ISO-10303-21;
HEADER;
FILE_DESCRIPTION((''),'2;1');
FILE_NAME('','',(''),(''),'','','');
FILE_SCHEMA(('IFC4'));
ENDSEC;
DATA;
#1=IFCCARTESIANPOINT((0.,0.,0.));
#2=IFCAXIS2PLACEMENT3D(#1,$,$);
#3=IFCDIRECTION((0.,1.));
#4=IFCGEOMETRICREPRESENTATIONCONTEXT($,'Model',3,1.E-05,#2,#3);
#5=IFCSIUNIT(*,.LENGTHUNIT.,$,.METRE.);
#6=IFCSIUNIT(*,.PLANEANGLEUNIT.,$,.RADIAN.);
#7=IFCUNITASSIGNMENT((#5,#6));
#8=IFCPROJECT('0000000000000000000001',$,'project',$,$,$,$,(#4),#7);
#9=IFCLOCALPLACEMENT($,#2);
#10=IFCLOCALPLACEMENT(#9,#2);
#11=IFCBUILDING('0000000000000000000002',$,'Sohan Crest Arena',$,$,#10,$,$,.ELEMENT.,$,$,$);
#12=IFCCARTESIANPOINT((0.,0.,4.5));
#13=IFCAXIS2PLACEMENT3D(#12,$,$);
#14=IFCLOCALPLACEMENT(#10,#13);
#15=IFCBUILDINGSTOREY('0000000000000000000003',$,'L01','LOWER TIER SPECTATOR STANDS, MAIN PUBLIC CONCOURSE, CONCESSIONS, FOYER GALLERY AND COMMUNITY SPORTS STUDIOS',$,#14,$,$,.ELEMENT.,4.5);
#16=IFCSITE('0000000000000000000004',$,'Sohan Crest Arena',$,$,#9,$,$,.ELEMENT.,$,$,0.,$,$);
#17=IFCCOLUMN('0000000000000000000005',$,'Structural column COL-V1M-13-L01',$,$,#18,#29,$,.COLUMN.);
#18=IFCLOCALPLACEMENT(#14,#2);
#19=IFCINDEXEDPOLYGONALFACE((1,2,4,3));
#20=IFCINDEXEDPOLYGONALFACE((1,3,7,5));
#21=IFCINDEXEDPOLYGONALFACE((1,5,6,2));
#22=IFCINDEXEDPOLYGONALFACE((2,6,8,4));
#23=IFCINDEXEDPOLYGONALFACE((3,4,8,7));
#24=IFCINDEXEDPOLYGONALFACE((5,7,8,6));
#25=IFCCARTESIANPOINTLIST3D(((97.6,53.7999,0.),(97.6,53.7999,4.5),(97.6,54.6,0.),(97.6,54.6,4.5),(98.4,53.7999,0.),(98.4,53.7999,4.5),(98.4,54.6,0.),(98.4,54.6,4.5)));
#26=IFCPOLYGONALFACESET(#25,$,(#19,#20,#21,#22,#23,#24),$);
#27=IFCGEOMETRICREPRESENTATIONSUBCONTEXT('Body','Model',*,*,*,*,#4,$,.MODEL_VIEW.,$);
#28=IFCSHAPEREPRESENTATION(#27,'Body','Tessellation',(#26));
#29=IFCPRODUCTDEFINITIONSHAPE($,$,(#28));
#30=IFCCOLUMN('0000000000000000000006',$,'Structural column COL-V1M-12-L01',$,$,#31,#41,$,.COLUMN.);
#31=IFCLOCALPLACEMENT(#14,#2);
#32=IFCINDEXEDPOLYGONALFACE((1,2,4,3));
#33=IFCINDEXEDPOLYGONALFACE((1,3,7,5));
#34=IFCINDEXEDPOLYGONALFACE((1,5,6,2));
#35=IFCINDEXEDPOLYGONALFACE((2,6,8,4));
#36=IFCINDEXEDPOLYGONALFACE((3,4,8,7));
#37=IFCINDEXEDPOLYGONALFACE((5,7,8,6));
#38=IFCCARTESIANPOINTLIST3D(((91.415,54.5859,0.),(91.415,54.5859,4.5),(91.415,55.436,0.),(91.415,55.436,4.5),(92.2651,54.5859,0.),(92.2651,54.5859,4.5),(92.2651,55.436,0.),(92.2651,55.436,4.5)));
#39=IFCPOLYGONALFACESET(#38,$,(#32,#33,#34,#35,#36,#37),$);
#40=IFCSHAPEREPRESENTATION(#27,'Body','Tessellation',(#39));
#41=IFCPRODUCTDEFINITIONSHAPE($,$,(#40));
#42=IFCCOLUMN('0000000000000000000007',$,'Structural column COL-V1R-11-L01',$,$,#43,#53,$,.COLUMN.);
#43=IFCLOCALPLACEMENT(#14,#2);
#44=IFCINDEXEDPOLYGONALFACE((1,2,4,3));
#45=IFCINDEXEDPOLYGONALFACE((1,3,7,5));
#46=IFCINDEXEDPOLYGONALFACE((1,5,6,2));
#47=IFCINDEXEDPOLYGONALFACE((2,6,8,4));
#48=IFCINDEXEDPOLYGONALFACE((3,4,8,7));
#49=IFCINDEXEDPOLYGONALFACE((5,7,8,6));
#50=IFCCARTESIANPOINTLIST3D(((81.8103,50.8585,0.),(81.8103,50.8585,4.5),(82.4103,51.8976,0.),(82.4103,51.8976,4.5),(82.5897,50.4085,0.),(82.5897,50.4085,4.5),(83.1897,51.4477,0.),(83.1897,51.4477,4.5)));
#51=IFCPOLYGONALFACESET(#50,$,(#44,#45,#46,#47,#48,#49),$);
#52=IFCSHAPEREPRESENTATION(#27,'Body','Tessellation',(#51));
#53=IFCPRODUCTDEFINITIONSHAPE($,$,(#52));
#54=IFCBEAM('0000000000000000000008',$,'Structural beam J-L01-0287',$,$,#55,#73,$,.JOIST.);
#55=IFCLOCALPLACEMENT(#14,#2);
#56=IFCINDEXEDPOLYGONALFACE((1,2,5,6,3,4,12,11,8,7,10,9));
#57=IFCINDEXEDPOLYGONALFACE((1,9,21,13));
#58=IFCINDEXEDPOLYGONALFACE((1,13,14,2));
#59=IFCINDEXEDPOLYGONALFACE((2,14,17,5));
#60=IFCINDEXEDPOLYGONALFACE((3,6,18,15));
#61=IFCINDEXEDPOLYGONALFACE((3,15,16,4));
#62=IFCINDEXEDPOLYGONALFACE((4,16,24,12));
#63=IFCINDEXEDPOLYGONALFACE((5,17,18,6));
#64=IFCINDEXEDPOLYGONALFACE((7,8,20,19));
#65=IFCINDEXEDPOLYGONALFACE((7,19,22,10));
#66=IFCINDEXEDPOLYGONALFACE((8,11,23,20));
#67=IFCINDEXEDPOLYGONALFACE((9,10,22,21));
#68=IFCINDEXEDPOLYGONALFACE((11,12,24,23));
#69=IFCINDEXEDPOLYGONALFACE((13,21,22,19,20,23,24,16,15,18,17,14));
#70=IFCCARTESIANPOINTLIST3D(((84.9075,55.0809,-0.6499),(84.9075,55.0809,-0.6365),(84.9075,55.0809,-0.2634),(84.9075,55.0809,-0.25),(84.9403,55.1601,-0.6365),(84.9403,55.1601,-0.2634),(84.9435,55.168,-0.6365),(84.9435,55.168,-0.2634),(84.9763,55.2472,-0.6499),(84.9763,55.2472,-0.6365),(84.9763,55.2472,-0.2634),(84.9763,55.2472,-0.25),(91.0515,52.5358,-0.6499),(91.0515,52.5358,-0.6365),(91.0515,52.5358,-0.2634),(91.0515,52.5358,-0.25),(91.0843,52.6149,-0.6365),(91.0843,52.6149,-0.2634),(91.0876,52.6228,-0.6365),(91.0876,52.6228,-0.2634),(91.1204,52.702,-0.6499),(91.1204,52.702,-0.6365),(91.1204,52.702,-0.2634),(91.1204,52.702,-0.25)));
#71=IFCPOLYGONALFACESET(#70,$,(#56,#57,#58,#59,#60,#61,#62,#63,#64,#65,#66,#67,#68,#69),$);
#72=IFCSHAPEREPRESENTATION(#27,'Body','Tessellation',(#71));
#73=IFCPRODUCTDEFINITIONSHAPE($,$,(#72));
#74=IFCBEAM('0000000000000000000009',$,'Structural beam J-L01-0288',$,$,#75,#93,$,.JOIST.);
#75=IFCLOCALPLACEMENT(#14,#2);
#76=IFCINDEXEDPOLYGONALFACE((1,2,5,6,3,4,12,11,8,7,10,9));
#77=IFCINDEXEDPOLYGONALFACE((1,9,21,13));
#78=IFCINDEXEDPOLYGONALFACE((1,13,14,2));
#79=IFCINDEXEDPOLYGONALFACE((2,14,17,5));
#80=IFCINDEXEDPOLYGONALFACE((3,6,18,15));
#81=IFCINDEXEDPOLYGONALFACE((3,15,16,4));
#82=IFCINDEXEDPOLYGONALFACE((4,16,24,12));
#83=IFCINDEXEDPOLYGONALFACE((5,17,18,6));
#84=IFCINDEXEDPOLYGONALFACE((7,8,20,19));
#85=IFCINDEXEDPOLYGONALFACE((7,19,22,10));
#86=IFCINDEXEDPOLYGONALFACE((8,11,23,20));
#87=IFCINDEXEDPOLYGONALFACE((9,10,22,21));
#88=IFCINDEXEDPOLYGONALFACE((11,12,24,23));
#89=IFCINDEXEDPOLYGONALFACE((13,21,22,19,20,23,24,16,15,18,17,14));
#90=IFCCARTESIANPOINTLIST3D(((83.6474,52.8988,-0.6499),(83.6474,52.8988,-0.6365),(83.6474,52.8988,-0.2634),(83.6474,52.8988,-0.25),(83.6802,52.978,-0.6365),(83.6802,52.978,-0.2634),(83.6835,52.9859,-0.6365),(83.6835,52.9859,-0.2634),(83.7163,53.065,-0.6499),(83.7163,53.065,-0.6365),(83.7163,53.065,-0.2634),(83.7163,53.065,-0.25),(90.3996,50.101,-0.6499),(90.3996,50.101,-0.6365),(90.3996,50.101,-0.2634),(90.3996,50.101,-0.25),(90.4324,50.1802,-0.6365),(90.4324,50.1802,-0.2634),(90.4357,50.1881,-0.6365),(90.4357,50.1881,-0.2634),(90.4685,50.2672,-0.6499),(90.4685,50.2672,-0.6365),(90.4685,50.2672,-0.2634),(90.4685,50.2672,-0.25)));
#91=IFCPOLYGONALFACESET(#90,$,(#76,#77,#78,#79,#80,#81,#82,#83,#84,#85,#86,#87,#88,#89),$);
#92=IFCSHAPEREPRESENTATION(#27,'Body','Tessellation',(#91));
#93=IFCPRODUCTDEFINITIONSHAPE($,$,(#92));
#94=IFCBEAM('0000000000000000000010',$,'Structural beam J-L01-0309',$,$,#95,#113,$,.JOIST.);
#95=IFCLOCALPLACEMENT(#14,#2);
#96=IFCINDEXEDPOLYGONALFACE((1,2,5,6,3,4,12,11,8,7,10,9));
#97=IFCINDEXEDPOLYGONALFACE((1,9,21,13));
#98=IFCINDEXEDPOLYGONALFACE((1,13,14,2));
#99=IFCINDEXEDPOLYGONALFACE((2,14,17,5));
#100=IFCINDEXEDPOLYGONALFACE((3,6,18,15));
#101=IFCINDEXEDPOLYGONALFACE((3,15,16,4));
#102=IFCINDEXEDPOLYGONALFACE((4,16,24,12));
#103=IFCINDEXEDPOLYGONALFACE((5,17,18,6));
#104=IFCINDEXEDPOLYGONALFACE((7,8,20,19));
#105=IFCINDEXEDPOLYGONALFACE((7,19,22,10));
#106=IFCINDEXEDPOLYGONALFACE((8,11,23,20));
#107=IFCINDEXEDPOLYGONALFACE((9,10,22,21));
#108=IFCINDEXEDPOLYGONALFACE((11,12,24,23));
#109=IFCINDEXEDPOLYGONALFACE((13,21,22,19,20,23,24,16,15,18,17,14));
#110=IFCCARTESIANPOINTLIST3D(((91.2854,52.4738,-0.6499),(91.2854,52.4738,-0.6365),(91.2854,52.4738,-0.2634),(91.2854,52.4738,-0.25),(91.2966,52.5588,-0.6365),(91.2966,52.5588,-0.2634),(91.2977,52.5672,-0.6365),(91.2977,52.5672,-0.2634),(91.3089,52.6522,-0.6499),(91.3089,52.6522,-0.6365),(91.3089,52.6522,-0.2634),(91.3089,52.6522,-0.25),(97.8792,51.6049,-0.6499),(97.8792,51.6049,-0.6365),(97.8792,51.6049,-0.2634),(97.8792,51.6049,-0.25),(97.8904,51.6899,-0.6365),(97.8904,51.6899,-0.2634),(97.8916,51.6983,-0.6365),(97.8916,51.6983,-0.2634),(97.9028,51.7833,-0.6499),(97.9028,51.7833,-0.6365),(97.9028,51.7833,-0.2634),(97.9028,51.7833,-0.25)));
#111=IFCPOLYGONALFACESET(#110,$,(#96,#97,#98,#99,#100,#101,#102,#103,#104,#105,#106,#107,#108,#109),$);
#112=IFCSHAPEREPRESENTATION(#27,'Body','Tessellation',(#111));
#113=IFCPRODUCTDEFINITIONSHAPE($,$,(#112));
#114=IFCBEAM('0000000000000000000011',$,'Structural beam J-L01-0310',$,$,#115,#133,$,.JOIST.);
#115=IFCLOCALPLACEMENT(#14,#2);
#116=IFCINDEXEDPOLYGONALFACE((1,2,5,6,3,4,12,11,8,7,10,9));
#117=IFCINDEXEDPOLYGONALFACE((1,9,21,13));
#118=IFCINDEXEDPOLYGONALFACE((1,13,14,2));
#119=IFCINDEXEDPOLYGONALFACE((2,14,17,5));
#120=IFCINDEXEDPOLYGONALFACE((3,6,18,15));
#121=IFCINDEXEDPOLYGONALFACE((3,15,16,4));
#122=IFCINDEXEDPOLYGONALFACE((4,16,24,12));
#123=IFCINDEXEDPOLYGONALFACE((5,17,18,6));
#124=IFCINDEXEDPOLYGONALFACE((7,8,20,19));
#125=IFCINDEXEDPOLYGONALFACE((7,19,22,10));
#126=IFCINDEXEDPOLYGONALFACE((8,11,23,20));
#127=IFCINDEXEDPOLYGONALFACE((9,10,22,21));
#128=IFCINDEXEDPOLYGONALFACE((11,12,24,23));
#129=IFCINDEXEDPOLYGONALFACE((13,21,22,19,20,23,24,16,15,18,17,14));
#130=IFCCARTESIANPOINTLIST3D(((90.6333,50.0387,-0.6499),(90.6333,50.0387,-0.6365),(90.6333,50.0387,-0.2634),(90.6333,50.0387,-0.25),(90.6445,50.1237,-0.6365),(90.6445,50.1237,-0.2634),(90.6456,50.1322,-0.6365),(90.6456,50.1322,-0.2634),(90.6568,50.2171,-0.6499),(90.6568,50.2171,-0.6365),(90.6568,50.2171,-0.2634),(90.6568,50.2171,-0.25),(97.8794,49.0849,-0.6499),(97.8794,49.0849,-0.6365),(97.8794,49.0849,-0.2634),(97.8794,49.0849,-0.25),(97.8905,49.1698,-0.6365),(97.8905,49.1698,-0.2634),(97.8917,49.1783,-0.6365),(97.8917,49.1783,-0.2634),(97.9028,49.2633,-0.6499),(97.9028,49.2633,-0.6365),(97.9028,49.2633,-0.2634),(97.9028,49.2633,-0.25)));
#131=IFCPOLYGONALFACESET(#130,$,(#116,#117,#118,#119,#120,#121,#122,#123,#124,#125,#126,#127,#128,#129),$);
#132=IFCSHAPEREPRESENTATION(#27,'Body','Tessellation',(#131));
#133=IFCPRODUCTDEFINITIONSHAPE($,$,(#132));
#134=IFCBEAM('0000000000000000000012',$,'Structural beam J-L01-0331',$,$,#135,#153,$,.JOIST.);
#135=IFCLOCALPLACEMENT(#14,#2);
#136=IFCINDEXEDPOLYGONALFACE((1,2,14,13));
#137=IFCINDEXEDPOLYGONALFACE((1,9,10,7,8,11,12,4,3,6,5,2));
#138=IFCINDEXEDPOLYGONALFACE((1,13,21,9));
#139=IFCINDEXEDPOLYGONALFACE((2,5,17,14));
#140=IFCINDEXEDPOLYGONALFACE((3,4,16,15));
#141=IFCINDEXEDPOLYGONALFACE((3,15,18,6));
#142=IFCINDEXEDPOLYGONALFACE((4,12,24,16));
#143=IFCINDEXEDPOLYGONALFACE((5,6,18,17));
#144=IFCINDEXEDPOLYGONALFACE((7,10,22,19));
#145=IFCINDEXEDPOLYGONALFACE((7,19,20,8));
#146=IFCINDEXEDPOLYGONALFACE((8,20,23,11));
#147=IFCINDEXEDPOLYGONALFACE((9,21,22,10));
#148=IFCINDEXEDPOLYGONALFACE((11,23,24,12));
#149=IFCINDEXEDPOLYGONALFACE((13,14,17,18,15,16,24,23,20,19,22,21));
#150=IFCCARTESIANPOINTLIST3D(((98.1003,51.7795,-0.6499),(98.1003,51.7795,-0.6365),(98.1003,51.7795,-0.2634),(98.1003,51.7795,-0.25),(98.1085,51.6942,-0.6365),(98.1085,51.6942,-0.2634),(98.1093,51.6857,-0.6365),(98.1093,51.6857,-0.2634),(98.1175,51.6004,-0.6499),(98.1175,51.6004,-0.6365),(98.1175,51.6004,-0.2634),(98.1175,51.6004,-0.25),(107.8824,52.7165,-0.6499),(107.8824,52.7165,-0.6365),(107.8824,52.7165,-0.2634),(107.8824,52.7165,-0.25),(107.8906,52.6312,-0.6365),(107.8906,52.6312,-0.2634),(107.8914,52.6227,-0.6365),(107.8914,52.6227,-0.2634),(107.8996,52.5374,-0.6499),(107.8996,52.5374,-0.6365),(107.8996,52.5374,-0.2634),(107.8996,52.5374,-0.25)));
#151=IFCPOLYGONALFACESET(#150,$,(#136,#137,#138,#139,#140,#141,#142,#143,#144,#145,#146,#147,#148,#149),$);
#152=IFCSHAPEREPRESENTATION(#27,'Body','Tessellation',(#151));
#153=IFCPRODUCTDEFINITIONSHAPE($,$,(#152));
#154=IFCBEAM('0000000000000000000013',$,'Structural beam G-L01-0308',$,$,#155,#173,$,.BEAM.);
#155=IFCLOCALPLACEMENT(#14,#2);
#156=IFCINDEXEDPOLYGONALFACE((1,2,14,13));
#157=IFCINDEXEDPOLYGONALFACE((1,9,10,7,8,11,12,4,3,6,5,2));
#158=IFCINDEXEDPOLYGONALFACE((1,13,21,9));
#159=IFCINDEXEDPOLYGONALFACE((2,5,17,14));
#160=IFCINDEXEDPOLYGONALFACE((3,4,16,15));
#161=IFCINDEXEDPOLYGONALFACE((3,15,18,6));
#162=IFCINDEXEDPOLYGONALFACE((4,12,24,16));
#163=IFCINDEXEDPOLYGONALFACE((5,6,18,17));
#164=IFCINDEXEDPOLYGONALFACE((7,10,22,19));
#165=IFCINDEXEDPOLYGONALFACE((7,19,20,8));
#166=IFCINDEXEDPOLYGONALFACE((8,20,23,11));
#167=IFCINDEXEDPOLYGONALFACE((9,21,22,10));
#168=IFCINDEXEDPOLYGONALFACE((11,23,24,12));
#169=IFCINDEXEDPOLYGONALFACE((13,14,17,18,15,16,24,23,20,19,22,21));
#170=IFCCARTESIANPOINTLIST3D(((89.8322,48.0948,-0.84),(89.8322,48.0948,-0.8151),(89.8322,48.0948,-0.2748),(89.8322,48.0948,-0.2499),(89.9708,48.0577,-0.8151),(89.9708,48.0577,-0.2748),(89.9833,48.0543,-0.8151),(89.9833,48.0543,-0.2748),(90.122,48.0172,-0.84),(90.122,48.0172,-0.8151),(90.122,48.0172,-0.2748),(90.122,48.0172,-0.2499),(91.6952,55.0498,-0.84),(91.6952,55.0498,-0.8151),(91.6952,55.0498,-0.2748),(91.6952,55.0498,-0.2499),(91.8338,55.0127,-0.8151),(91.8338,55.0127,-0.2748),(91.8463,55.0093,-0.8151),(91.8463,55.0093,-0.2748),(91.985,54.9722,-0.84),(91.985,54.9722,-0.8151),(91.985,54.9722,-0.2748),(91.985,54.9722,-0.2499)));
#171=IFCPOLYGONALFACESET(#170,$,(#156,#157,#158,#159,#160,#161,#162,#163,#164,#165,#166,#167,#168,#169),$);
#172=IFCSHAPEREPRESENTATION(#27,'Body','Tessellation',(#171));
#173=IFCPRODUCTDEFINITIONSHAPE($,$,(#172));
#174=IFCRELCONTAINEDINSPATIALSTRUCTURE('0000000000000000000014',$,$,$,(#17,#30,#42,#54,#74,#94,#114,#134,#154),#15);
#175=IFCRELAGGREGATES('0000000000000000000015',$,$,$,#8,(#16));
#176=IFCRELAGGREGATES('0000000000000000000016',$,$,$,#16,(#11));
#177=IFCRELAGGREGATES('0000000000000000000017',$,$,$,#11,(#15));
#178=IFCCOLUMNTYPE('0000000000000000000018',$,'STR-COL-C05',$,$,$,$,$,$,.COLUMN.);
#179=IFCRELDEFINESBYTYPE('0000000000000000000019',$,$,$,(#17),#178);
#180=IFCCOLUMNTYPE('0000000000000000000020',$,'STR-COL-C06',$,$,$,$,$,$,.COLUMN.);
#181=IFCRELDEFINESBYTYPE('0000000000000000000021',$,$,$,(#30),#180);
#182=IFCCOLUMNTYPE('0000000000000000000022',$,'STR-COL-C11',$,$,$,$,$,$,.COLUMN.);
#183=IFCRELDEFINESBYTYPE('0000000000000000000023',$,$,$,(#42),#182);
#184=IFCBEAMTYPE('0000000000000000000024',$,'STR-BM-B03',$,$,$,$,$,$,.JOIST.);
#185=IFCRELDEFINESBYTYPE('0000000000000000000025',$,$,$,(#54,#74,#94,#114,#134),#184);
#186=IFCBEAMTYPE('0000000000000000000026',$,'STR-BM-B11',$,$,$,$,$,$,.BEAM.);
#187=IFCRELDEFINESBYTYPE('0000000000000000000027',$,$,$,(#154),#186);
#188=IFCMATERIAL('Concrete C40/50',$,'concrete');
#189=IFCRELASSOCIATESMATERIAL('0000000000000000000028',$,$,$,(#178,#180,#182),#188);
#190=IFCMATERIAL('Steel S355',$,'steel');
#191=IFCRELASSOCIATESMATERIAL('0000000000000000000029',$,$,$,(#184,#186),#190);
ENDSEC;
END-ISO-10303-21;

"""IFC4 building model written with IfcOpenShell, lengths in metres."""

from ifc_helpers import new_model, si_unit, direction, frame, origin, origin_2d, place, context, subcontext, project, spatial, rectangle, i_section, extrude, material, material_profile, profile_set, type_object, element, save


model = new_model("IFC4")

# Units and contexts
model_context = context("Model", 3, precision=1e-05, world=origin(), true_north=direction((0.0, 1.0)))
body_context = subcontext(model_context, "Body", "Model", "MODEL_VIEW")
ifc_project = project(units=[si_unit("LENGTHUNIT", "METRE"), si_unit("PLANEANGLEUNIT", "RADIAN")], contexts=[model_context])

# Site, building, storey
site_placement = place(None, origin())
site = spatial("IfcSite", under=ifc_project, at=site_placement, Name="Sohan Crest Arena", CompositionType="ELEMENT", RefElevation=0.0)
building_placement = place(site_placement, origin())
building = spatial("IfcBuilding", under=site, at=building_placement, Name="Sohan Crest Arena", CompositionType="ELEMENT")
storey_placement = place(building_placement, frame((0.0, 0.0, 4.5)))
storey = spatial("IfcBuildingStorey", under=building, at=storey_placement, Name="L01", Description="LOWER TIER SPECTATOR STANDS, MAIN PUBLIC CONCOURSE, CONCESSIONS, FOYER GALLERY AND COMMUNITY SPORTS STUDIOS", CompositionType="ELEMENT", Elevation=4.5)

# Columns
ifc_material_1 = material(Name="Concrete C40/50", Category="concrete")
ifc_material_profile_1 = material_profile(ifc_material_1, rectangle(XDim=0.8, YDim=0.8, at=origin_2d()), Name="RC 800x800")
ifc_profile_set_1 = profile_set([ifc_material_profile_1], Name="Concrete C40/50")
column_type_1 = type_object("IfcColumnType", Name="STR-COL-C05", PredefinedType="COLUMN", material=ifc_profile_set_1)
column_1_placement = place(storey_placement, frame((98.0, 54.2, 0.0), z_axis=(0.0, 0.0, 1.0), x_axis=(1.0, 0.0, 0.0)))
element("IfcColumn", 1, at=column_1_placement, inside=storey, type_object=column_type_1, Name="Structural column COL-V1M-13-L01", PredefinedType="COLUMN", context=body_context, shape_type="SweptSolid", body=[
    extrude(rectangle(XDim=0.8, YDim=0.8, at=origin_2d()), origin(), (0.0, 0.0, 1.0), 4.5),
])
ifc_material_profile_2 = material_profile(ifc_material_1, rectangle(XDim=0.8501, YDim=0.8501, at=origin_2d()), Name="RC 850x850")
ifc_profile_set_2 = profile_set([ifc_material_profile_2], Name="Concrete C40/50")
column_type_2 = type_object("IfcColumnType", Name="STR-COL-C06", PredefinedType="COLUMN", material=ifc_profile_set_2)
column_2_placement = place(storey_placement, frame((91.8401, 55.011, 0.0), z_axis=(0.0, 0.0, 1.0), x_axis=(1.0, 0.0, 0.0)))
element("IfcColumn", 2, at=column_2_placement, inside=storey, type_object=column_type_2, Name="Structural column COL-V1M-12-L01", PredefinedType="COLUMN", context=body_context, shape_type="SweptSolid", body=[
    extrude(rectangle(XDim=0.8501, YDim=0.8501, at=origin_2d()), origin(), (0.0, 0.0, 1.0), 4.5),
])
ifc_material_profile_3 = material_profile(ifc_material_1, rectangle(XDim=1.2, YDim=0.8999, at=origin_2d()), Name="RC 1200x900")
ifc_profile_set_3 = profile_set([ifc_material_profile_3], Name="Concrete C40/50")
column_type_3 = type_object("IfcColumnType", Name="STR-COL-C11", PredefinedType="COLUMN", material=ifc_profile_set_3)
column_3_placement = place(storey_placement, frame((82.5, 51.1531, 0.0), z_axis=(0.0, 0.0, 1.0), x_axis=(0.5, 0.866025, 0.0)))
element("IfcColumn", 3, at=column_3_placement, inside=storey, type_object=column_type_3, Name="Structural column COL-V1R-11-L01", PredefinedType="COLUMN", context=body_context, shape_type="SweptSolid", body=[
    extrude(rectangle(XDim=1.2, YDim=0.8999, at=origin_2d()), origin(), (0.0, 0.0, 1.0), 4.5),
])

# Beams
ifc_material_2 = material(Name="Steel S355", Category="steel")
ifc_material_profile_4 = material_profile(ifc_material_2, i_section(OverallWidth=0.1799, OverallDepth=0.3999, WebThickness=0.0085, FlangeThickness=0.0134, at=origin_2d()), Name="IPE 400")
ifc_profile_set_4 = profile_set([ifc_material_profile_4], Name="Steel S355")
beam_type_1 = type_object("IfcBeamType", Name="STR-BM-B03", PredefinedType="JOIST", material=ifc_profile_set_4)
beam_1_placement = place(storey_placement, frame((84.9419, 55.1641, -0.45), z_axis=(0.923868, -0.382712, 0.0), x_axis=(0.382712, 0.923868, 0.0)))
element("IfcBeam", 4, at=beam_1_placement, inside=storey, type_object=beam_type_1, Name="Structural beam J-L01-0287", PredefinedType="JOIST", context=body_context, shape_type="SweptSolid", body=[
    extrude(i_section(OverallWidth=0.1799, OverallDepth=0.3999, WebThickness=0.0085, FlangeThickness=0.0134, at=origin_2d()), origin(), (0.0, 0.0, 1.0), 6.6504),
])
beam_2_placement = place(storey_placement, frame((83.6819, 52.9819, -0.45), z_axis=(0.923831, -0.3828, 0.0), x_axis=(0.3828, 0.923831, 0.0)))
element("IfcBeam", 5, at=beam_2_placement, inside=storey, type_object=beam_type_1, Name="Structural beam J-L01-0288", PredefinedType="JOIST", context=body_context, shape_type="SweptSolid", body=[
    extrude(i_section(OverallWidth=0.1799, OverallDepth=0.3999, WebThickness=0.0085, FlangeThickness=0.0134, at=origin_2d()), origin(), (0.0, 0.0, 1.0), 7.3088),
])
beam_3_placement = place(storey_placement, frame((91.2971, 52.563, -0.45), z_axis=(0.99143, -0.130642, 0.0), x_axis=(0.130642, 0.99143, 0.0)))
element("IfcBeam", 6, at=beam_3_placement, inside=storey, type_object=beam_type_1, Name="Structural beam J-L01-0309", PredefinedType="JOIST", context=body_context, shape_type="SweptSolid", body=[
    extrude(i_section(OverallWidth=0.1799, OverallDepth=0.3999, WebThickness=0.0085, FlangeThickness=0.0134, at=origin_2d()), origin(), (0.0, 0.0, 1.0), 6.6509),
])
beam_4_placement = place(storey_placement, frame((90.645, 50.1279, -0.45), z_axis=(0.991447, -0.130512, 0.0), x_axis=(0.130512, 0.991447, 0.0)))
element("IfcBeam", 7, at=beam_4_placement, inside=storey, type_object=beam_type_1, Name="Structural beam J-L01-0310", PredefinedType="JOIST", context=body_context, shape_type="SweptSolid", body=[
    extrude(i_section(OverallWidth=0.1799, OverallDepth=0.3999, WebThickness=0.0085, FlangeThickness=0.0134, at=origin_2d()), origin(), (0.0, 0.0, 1.0), 7.3086),
])
beam_5_placement = place(storey_placement, frame((98.1089, 51.6899, -0.45), z_axis=(0.995444, 0.095351, 0.0), x_axis=(-0.095351, 0.995444, 0.0)))
element("IfcBeam", 8, at=beam_5_placement, inside=storey, type_object=beam_type_1, Name="Structural beam J-L01-0331", PredefinedType="JOIST", context=body_context, shape_type="SweptSolid", body=[
    extrude(i_section(OverallWidth=0.1799, OverallDepth=0.3999, WebThickness=0.0085, FlangeThickness=0.0134, at=origin_2d()), origin(), (0.0, 0.0, 1.0), 9.8269),
])
ifc_material_profile_5 = material_profile(ifc_material_2, i_section(OverallWidth=0.3, OverallDepth=0.5901, WebThickness=0.0129, FlangeThickness=0.0249, at=origin_2d()), Name="HEA 600")
ifc_profile_set_5 = profile_set([ifc_material_profile_5], Name="Steel S355")
beam_type_2 = type_object("IfcBeamType", Name="STR-BM-B11", PredefinedType="BEAM", material=ifc_profile_set_5)
beam_6_placement = place(storey_placement, frame((91.8401, 55.011, -0.5449), z_axis=(-0.258745, -0.965946, 0.0), x_axis=(0.965946, -0.258745, 0.0)))
element("IfcBeam", 9, at=beam_6_placement, inside=storey, type_object=beam_type_2, Name="Structural beam G-L01-0308", PredefinedType="BEAM", context=body_context, shape_type="SweptSolid", body=[
    extrude(i_section(OverallWidth=0.3, OverallDepth=0.5901, WebThickness=0.0129, FlangeThickness=0.0249, at=origin_2d()), origin(), (0.0, 0.0, 1.0), 7.2002),
])

save(model, "model.ifc")
